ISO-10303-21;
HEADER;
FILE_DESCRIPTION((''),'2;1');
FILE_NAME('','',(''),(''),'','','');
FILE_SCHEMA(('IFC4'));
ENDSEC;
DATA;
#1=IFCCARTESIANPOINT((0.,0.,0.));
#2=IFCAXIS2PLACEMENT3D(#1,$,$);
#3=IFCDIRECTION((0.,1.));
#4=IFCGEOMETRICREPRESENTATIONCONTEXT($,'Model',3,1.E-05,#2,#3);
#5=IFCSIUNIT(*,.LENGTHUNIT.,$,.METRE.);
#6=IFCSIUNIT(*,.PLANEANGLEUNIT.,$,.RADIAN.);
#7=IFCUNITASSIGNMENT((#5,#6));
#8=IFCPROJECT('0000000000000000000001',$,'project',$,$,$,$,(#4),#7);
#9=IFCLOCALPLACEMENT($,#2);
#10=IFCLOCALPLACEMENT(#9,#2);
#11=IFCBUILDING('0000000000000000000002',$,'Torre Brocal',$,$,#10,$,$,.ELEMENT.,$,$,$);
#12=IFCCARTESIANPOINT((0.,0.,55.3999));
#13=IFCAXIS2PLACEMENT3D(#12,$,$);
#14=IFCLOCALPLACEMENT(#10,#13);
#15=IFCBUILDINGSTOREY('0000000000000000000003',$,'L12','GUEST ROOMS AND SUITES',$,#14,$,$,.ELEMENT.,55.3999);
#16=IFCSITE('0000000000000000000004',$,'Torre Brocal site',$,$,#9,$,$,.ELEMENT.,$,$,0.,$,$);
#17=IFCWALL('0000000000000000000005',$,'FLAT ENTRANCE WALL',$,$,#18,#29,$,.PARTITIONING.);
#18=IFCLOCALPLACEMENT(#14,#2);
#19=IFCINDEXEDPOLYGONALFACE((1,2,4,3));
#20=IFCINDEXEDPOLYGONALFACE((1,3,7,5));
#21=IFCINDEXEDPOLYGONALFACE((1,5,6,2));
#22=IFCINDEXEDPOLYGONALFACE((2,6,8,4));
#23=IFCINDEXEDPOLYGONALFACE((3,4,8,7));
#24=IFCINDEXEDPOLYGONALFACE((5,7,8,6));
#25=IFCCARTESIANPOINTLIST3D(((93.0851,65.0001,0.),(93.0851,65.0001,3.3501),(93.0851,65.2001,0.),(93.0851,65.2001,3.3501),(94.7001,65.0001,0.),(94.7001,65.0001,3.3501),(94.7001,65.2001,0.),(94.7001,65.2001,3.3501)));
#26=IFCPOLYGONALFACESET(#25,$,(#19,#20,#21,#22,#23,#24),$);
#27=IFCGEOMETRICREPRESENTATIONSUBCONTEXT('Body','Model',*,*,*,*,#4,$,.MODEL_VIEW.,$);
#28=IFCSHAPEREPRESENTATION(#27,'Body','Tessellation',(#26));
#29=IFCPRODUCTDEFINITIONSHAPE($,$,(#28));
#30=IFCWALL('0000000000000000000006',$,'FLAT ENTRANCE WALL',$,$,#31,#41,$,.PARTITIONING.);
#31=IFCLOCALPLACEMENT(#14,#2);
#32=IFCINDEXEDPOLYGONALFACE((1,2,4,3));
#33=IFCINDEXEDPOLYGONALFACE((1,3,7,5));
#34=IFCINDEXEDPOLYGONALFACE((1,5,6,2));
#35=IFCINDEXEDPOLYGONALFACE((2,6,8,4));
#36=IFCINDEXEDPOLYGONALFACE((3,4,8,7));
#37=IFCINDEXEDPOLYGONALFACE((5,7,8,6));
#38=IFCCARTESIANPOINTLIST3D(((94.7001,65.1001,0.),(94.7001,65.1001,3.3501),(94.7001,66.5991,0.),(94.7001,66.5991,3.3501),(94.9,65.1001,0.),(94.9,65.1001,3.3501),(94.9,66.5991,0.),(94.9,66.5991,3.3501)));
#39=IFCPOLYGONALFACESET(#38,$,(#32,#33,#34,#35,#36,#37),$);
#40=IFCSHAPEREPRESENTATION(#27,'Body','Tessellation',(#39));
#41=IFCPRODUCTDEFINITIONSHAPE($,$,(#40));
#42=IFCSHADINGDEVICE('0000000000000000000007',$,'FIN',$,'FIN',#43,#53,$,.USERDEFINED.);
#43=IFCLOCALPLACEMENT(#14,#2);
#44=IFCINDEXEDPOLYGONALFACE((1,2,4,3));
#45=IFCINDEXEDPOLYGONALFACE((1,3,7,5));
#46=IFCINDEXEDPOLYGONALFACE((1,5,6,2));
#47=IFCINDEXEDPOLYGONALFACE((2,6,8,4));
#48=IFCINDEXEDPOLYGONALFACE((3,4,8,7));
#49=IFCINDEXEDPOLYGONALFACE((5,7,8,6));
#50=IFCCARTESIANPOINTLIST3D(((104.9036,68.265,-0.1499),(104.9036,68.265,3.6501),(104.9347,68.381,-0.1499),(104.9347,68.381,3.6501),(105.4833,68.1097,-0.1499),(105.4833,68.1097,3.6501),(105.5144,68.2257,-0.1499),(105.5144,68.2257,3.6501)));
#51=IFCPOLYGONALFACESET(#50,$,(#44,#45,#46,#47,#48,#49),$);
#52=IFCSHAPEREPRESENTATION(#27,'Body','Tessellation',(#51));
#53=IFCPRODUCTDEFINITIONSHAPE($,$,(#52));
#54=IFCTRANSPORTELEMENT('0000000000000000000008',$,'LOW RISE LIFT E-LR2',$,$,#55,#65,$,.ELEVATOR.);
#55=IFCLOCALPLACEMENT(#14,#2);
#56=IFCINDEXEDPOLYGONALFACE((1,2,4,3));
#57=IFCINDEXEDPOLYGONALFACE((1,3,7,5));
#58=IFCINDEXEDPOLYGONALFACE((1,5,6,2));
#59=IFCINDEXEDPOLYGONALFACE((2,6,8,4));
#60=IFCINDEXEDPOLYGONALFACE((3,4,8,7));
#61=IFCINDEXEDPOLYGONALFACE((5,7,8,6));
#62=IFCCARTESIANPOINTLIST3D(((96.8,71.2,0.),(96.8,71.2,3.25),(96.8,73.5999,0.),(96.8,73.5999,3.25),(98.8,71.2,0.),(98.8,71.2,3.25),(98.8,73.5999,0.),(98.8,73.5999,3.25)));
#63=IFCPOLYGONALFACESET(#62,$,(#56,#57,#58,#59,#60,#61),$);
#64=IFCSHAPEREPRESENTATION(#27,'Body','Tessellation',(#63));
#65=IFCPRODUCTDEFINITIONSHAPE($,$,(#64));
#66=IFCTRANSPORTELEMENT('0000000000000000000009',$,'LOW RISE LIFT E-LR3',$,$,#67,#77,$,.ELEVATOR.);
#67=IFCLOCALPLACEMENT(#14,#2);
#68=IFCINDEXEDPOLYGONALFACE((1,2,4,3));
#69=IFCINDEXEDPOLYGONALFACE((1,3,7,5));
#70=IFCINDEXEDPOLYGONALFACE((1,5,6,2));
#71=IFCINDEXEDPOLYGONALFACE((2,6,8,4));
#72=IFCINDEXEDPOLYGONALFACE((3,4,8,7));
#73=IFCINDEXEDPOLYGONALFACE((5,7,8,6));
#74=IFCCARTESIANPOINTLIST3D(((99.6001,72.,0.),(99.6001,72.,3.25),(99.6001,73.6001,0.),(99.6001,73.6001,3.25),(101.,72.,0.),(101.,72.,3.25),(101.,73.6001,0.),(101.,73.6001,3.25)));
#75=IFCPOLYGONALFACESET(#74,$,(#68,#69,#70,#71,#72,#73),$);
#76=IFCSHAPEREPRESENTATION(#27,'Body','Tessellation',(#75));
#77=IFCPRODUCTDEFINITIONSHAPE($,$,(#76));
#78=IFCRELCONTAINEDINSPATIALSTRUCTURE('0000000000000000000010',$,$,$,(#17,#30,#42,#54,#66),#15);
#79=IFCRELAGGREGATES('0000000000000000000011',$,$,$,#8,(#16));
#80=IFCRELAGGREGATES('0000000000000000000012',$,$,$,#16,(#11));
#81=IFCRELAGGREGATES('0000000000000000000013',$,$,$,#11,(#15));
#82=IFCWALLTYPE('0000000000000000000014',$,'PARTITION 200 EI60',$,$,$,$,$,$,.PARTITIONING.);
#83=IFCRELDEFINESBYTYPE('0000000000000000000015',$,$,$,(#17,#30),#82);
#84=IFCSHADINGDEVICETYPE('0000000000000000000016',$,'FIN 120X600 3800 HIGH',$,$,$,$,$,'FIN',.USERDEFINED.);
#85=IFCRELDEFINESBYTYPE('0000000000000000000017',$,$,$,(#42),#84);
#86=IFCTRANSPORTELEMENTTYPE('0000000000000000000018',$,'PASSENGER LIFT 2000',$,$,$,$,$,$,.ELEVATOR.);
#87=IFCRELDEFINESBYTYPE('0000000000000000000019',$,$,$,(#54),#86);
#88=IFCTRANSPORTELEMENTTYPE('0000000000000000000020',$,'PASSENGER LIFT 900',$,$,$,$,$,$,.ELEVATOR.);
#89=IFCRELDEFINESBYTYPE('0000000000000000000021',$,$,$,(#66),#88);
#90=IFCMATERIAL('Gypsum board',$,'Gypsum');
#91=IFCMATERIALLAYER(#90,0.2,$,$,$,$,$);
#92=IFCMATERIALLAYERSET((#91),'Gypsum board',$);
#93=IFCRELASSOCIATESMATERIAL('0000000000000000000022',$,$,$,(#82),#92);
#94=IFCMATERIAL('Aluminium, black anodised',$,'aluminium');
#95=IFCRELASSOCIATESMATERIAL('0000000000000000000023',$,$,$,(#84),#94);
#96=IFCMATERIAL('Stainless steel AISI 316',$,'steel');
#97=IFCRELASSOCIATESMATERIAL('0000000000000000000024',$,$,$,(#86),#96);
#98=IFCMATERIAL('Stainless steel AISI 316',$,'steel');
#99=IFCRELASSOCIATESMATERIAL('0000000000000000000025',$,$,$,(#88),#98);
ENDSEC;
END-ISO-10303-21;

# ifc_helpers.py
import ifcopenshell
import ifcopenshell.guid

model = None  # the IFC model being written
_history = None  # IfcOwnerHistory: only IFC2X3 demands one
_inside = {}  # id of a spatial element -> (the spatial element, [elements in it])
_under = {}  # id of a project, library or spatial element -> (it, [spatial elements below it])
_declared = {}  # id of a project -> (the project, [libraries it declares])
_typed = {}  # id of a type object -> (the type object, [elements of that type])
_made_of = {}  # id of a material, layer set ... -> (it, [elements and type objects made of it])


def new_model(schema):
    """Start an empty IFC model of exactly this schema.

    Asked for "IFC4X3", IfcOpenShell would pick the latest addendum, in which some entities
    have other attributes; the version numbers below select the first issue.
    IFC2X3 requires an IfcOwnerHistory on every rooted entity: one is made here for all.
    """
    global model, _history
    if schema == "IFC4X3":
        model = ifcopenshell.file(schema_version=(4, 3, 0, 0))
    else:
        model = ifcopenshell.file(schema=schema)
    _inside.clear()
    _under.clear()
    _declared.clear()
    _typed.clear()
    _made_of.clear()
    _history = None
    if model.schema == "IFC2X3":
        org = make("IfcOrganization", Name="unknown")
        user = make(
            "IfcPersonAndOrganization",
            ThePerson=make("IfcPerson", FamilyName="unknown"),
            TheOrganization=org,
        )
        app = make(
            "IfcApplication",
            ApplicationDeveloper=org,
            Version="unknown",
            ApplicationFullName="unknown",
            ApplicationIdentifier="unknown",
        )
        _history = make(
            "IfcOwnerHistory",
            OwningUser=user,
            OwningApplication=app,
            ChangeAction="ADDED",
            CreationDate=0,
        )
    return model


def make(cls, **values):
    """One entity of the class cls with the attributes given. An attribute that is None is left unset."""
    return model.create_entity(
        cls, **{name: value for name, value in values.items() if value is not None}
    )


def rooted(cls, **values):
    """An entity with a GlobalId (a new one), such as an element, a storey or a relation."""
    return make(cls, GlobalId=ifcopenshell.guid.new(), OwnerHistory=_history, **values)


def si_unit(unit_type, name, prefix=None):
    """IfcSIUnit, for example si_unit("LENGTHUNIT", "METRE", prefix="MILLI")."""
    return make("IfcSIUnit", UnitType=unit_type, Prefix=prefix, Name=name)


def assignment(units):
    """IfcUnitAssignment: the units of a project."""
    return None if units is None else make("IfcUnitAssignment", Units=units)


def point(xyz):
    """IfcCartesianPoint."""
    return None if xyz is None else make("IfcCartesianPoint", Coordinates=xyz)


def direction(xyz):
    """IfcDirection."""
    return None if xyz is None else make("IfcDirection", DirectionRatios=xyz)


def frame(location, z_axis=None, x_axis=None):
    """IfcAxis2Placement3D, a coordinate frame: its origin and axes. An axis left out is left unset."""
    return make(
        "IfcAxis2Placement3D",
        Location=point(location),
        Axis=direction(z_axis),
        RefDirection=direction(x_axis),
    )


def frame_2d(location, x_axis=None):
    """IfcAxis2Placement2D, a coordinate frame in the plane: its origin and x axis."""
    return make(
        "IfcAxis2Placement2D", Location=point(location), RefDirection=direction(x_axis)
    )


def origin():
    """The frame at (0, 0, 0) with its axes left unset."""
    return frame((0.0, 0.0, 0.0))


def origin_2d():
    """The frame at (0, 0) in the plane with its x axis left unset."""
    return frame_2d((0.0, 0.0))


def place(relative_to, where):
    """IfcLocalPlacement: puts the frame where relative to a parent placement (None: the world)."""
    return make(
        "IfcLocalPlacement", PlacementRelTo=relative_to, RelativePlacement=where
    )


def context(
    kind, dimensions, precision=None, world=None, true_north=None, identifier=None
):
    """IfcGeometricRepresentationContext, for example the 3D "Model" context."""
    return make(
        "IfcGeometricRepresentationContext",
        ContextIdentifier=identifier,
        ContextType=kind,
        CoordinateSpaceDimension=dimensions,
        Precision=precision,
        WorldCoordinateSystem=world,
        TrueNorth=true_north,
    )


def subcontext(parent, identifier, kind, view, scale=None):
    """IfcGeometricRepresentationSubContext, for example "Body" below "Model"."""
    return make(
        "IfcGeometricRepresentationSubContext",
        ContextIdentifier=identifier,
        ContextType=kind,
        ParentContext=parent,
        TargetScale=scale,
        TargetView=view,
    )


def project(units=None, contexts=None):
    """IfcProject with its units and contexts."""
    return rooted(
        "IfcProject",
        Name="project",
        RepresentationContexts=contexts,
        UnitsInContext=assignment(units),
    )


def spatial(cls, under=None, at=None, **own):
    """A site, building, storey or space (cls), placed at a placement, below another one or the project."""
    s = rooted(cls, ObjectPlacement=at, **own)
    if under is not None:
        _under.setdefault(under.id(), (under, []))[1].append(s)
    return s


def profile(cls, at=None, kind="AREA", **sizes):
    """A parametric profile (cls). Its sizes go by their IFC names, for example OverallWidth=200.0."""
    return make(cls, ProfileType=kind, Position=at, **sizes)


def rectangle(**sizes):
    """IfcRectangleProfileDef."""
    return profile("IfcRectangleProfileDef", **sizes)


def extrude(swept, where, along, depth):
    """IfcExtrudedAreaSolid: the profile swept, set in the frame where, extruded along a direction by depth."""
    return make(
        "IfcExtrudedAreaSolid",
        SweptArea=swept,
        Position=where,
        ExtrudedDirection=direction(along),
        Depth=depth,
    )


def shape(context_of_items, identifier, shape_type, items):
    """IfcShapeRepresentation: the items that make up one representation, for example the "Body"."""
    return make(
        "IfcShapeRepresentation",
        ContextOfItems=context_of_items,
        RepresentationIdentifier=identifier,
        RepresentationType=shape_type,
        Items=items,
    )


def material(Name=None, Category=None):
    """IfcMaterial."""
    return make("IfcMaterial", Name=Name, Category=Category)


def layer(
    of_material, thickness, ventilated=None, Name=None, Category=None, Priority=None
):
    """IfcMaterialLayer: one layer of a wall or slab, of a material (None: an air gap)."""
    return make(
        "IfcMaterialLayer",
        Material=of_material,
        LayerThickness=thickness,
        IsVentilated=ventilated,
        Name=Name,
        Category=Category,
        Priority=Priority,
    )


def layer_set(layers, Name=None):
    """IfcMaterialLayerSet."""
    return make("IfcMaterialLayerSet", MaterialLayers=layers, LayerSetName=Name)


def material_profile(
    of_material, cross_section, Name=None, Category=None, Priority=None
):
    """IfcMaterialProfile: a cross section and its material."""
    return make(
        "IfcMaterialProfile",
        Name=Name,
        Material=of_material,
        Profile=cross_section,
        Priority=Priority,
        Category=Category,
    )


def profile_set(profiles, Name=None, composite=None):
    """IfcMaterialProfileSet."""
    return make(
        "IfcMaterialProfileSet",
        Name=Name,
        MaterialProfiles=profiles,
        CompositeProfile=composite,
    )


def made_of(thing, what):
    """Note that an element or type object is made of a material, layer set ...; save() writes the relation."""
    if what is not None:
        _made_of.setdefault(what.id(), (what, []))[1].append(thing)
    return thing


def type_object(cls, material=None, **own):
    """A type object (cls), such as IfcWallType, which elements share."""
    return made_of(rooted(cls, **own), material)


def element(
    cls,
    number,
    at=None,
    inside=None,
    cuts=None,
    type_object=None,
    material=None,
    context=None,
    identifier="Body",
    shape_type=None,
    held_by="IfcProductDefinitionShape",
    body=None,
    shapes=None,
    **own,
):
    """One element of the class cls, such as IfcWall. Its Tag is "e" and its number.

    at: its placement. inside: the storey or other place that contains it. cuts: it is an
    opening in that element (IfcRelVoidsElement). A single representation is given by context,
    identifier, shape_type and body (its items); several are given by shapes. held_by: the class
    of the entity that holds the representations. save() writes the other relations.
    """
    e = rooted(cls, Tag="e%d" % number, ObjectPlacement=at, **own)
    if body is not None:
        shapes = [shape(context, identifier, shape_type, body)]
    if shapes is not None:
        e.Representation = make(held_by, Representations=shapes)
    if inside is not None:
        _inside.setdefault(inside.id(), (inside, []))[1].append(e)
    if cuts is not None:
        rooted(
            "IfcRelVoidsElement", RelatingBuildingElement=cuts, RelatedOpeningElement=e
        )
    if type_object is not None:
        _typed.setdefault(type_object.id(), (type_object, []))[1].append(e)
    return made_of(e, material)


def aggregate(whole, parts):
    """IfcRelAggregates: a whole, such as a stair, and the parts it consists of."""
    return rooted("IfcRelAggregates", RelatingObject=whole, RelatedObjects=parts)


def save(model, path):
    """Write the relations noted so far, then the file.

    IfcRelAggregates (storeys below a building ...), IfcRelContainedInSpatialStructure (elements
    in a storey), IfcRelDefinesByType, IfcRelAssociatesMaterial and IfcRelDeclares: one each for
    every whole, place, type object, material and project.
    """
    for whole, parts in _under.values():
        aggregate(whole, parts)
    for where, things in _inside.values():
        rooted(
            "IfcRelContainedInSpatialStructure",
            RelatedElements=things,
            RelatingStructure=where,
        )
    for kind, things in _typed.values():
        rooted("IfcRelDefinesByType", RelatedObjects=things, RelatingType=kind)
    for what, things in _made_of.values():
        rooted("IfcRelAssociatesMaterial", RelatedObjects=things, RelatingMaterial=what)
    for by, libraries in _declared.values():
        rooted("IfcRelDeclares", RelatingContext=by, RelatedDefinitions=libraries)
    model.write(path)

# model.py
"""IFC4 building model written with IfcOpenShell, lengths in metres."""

from ifc_helpers import new_model, si_unit, direction, frame, frame_2d, origin, origin_2d, place, context, subcontext, project, spatial, rectangle, extrude, material, layer, layer_set, material_profile, profile_set, type_object, element, save


model = new_model("IFC4")

# Units and contexts
model_context = context("Model", 3, precision=1e-05, world=origin(), true_north=direction((0.0, 1.0)))
body_context = subcontext(model_context, "Body", "Model", "MODEL_VIEW")
ifc_project = project(units=[si_unit("LENGTHUNIT", "METRE"), si_unit("PLANEANGLEUNIT", "RADIAN")], contexts=[model_context])

# Site, building, storey
site_placement = place(None, origin())
site = spatial("IfcSite", under=ifc_project, at=site_placement, Name="Torre Brocal site", CompositionType="ELEMENT", RefElevation=0.0)
building_placement = place(site_placement, origin())
building = spatial("IfcBuilding", under=site, at=building_placement, Name="Torre Brocal", CompositionType="ELEMENT")
storey_placement = place(building_placement, frame((0.0, 0.0, 55.3999)))
storey = spatial("IfcBuildingStorey", under=building, at=storey_placement, Name="L12", Description="GUEST ROOMS AND SUITES", CompositionType="ELEMENT", Elevation=55.3999)

# Walls
ifc_material_1 = material(Name="Gypsum board", Category="Gypsum")
ifc_layer_1 = layer(ifc_material_1, 0.2)
ifc_layer_set_1 = layer_set([ifc_layer_1], Name="Gypsum board")
wall_type_1 = type_object("IfcWallType", Name="PARTITION 200 EI60", PredefinedType="PARTITIONING", material=ifc_layer_set_1)
wall_1_placement = place(storey_placement, frame((93.085, 65.1001, 0.0), z_axis=(0.0, 0.0, 1.0), x_axis=(1.0, 0.0, 0.0)))
element("IfcWall", 1, at=wall_1_placement, inside=storey, type_object=wall_type_1, Name="FLAT ENTRANCE WALL", PredefinedType="PARTITIONING", context=body_context, shape_type="SweptSolid", body=[
    extrude(rectangle(XDim=1.615, YDim=0.2, at=frame_2d((0.8076, 0.0))), origin(), (0.0, 0.0, 1.0), 3.3501),
])
wall_2_placement = place(storey_placement, frame((94.8, 65.1001, 0.0), z_axis=(0.0, 0.0, 1.0), x_axis=(0.0, 1.0, 0.0)))
element("IfcWall", 2, at=wall_2_placement, inside=storey, type_object=wall_type_1, Name="FLAT ENTRANCE WALL", PredefinedType="PARTITIONING", context=body_context, shape_type="SweptSolid", body=[
    extrude(rectangle(XDim=1.499, YDim=0.2, at=frame_2d((0.7495, 0.0))), origin(), (0.0, 0.0, 1.0), 3.3501),
])

# Shading device
ifc_material_2 = material(Name="Aluminium, black anodised", Category="aluminium")
ifc_material_profile_1 = material_profile(ifc_material_2, rectangle(XDim=0.1201, YDim=0.6001, at=origin_2d()), Name="FIN 120X600 3800 HIGH")
ifc_profile_set_1 = profile_set([ifc_material_profile_1], Name="Aluminium, black anodised")
shading_device_type = type_object("IfcShadingDeviceType", Name="FIN 120X600 3800 HIGH", ElementType="FIN", PredefinedType="USERDEFINED", material=ifc_profile_set_1)
shading_device_placement = place(storey_placement, frame((105.209, 68.2454, -0.1499), z_axis=(0.0, 0.0, 1.0), x_axis=(0.258819, 0.965926, 0.0)))
element("IfcShadingDevice", 3, at=shading_device_placement, inside=storey, type_object=shading_device_type, Name="FIN", ObjectType="FIN", PredefinedType="USERDEFINED", context=body_context, shape_type="SweptSolid", body=[
    extrude(rectangle(XDim=0.1201, YDim=0.6001, at=origin_2d()), origin(), (0.0, 0.0, 1.0), 3.8),
])

# Transport elements
ifc_material_3 = material(Name="Stainless steel AISI 316", Category="steel")
transport_element_type_1 = type_object("IfcTransportElementType", Name="PASSENGER LIFT 2000", PredefinedType="ELEVATOR", material=ifc_material_3)
transport_element_1_placement = place(storey_placement, frame((97.8, 72.3999, 0.0), z_axis=(0.0, 0.0, 1.0), x_axis=(1.0, 0.0, 0.0)))
element("IfcTransportElement", 4, at=transport_element_1_placement, inside=storey, type_object=transport_element_type_1, Name="LOW RISE LIFT E-LR2", PredefinedType="ELEVATOR", context=body_context, shape_type="SweptSolid", body=[
    extrude(rectangle(XDim=2.0, YDim=2.3999, at=origin_2d()), origin(), (0.0, 0.0, 1.0), 3.25),
])
ifc_material_4 = material(Name="Stainless steel AISI 316", Category="steel")
transport_element_type_2 = type_object("IfcTransportElementType", Name="PASSENGER LIFT 900", PredefinedType="ELEVATOR", material=ifc_material_4)
transport_element_2_placement = place(storey_placement, frame((100.3, 72.8, 0.0), z_axis=(0.0, 0.0, 1.0), x_axis=(1.0, 0.0, 0.0)))
element("IfcTransportElement", 5, at=transport_element_2_placement, inside=storey, type_object=transport_element_type_2, Name="LOW RISE LIFT E-LR3", PredefinedType="ELEVATOR", context=body_context, shape_type="SweptSolid", body=[
    extrude(rectangle(XDim=1.3999, YDim=1.6001, at=origin_2d()), origin(), (0.0, 0.0, 1.0), 3.25),
])

save(model, "model.ifc")
